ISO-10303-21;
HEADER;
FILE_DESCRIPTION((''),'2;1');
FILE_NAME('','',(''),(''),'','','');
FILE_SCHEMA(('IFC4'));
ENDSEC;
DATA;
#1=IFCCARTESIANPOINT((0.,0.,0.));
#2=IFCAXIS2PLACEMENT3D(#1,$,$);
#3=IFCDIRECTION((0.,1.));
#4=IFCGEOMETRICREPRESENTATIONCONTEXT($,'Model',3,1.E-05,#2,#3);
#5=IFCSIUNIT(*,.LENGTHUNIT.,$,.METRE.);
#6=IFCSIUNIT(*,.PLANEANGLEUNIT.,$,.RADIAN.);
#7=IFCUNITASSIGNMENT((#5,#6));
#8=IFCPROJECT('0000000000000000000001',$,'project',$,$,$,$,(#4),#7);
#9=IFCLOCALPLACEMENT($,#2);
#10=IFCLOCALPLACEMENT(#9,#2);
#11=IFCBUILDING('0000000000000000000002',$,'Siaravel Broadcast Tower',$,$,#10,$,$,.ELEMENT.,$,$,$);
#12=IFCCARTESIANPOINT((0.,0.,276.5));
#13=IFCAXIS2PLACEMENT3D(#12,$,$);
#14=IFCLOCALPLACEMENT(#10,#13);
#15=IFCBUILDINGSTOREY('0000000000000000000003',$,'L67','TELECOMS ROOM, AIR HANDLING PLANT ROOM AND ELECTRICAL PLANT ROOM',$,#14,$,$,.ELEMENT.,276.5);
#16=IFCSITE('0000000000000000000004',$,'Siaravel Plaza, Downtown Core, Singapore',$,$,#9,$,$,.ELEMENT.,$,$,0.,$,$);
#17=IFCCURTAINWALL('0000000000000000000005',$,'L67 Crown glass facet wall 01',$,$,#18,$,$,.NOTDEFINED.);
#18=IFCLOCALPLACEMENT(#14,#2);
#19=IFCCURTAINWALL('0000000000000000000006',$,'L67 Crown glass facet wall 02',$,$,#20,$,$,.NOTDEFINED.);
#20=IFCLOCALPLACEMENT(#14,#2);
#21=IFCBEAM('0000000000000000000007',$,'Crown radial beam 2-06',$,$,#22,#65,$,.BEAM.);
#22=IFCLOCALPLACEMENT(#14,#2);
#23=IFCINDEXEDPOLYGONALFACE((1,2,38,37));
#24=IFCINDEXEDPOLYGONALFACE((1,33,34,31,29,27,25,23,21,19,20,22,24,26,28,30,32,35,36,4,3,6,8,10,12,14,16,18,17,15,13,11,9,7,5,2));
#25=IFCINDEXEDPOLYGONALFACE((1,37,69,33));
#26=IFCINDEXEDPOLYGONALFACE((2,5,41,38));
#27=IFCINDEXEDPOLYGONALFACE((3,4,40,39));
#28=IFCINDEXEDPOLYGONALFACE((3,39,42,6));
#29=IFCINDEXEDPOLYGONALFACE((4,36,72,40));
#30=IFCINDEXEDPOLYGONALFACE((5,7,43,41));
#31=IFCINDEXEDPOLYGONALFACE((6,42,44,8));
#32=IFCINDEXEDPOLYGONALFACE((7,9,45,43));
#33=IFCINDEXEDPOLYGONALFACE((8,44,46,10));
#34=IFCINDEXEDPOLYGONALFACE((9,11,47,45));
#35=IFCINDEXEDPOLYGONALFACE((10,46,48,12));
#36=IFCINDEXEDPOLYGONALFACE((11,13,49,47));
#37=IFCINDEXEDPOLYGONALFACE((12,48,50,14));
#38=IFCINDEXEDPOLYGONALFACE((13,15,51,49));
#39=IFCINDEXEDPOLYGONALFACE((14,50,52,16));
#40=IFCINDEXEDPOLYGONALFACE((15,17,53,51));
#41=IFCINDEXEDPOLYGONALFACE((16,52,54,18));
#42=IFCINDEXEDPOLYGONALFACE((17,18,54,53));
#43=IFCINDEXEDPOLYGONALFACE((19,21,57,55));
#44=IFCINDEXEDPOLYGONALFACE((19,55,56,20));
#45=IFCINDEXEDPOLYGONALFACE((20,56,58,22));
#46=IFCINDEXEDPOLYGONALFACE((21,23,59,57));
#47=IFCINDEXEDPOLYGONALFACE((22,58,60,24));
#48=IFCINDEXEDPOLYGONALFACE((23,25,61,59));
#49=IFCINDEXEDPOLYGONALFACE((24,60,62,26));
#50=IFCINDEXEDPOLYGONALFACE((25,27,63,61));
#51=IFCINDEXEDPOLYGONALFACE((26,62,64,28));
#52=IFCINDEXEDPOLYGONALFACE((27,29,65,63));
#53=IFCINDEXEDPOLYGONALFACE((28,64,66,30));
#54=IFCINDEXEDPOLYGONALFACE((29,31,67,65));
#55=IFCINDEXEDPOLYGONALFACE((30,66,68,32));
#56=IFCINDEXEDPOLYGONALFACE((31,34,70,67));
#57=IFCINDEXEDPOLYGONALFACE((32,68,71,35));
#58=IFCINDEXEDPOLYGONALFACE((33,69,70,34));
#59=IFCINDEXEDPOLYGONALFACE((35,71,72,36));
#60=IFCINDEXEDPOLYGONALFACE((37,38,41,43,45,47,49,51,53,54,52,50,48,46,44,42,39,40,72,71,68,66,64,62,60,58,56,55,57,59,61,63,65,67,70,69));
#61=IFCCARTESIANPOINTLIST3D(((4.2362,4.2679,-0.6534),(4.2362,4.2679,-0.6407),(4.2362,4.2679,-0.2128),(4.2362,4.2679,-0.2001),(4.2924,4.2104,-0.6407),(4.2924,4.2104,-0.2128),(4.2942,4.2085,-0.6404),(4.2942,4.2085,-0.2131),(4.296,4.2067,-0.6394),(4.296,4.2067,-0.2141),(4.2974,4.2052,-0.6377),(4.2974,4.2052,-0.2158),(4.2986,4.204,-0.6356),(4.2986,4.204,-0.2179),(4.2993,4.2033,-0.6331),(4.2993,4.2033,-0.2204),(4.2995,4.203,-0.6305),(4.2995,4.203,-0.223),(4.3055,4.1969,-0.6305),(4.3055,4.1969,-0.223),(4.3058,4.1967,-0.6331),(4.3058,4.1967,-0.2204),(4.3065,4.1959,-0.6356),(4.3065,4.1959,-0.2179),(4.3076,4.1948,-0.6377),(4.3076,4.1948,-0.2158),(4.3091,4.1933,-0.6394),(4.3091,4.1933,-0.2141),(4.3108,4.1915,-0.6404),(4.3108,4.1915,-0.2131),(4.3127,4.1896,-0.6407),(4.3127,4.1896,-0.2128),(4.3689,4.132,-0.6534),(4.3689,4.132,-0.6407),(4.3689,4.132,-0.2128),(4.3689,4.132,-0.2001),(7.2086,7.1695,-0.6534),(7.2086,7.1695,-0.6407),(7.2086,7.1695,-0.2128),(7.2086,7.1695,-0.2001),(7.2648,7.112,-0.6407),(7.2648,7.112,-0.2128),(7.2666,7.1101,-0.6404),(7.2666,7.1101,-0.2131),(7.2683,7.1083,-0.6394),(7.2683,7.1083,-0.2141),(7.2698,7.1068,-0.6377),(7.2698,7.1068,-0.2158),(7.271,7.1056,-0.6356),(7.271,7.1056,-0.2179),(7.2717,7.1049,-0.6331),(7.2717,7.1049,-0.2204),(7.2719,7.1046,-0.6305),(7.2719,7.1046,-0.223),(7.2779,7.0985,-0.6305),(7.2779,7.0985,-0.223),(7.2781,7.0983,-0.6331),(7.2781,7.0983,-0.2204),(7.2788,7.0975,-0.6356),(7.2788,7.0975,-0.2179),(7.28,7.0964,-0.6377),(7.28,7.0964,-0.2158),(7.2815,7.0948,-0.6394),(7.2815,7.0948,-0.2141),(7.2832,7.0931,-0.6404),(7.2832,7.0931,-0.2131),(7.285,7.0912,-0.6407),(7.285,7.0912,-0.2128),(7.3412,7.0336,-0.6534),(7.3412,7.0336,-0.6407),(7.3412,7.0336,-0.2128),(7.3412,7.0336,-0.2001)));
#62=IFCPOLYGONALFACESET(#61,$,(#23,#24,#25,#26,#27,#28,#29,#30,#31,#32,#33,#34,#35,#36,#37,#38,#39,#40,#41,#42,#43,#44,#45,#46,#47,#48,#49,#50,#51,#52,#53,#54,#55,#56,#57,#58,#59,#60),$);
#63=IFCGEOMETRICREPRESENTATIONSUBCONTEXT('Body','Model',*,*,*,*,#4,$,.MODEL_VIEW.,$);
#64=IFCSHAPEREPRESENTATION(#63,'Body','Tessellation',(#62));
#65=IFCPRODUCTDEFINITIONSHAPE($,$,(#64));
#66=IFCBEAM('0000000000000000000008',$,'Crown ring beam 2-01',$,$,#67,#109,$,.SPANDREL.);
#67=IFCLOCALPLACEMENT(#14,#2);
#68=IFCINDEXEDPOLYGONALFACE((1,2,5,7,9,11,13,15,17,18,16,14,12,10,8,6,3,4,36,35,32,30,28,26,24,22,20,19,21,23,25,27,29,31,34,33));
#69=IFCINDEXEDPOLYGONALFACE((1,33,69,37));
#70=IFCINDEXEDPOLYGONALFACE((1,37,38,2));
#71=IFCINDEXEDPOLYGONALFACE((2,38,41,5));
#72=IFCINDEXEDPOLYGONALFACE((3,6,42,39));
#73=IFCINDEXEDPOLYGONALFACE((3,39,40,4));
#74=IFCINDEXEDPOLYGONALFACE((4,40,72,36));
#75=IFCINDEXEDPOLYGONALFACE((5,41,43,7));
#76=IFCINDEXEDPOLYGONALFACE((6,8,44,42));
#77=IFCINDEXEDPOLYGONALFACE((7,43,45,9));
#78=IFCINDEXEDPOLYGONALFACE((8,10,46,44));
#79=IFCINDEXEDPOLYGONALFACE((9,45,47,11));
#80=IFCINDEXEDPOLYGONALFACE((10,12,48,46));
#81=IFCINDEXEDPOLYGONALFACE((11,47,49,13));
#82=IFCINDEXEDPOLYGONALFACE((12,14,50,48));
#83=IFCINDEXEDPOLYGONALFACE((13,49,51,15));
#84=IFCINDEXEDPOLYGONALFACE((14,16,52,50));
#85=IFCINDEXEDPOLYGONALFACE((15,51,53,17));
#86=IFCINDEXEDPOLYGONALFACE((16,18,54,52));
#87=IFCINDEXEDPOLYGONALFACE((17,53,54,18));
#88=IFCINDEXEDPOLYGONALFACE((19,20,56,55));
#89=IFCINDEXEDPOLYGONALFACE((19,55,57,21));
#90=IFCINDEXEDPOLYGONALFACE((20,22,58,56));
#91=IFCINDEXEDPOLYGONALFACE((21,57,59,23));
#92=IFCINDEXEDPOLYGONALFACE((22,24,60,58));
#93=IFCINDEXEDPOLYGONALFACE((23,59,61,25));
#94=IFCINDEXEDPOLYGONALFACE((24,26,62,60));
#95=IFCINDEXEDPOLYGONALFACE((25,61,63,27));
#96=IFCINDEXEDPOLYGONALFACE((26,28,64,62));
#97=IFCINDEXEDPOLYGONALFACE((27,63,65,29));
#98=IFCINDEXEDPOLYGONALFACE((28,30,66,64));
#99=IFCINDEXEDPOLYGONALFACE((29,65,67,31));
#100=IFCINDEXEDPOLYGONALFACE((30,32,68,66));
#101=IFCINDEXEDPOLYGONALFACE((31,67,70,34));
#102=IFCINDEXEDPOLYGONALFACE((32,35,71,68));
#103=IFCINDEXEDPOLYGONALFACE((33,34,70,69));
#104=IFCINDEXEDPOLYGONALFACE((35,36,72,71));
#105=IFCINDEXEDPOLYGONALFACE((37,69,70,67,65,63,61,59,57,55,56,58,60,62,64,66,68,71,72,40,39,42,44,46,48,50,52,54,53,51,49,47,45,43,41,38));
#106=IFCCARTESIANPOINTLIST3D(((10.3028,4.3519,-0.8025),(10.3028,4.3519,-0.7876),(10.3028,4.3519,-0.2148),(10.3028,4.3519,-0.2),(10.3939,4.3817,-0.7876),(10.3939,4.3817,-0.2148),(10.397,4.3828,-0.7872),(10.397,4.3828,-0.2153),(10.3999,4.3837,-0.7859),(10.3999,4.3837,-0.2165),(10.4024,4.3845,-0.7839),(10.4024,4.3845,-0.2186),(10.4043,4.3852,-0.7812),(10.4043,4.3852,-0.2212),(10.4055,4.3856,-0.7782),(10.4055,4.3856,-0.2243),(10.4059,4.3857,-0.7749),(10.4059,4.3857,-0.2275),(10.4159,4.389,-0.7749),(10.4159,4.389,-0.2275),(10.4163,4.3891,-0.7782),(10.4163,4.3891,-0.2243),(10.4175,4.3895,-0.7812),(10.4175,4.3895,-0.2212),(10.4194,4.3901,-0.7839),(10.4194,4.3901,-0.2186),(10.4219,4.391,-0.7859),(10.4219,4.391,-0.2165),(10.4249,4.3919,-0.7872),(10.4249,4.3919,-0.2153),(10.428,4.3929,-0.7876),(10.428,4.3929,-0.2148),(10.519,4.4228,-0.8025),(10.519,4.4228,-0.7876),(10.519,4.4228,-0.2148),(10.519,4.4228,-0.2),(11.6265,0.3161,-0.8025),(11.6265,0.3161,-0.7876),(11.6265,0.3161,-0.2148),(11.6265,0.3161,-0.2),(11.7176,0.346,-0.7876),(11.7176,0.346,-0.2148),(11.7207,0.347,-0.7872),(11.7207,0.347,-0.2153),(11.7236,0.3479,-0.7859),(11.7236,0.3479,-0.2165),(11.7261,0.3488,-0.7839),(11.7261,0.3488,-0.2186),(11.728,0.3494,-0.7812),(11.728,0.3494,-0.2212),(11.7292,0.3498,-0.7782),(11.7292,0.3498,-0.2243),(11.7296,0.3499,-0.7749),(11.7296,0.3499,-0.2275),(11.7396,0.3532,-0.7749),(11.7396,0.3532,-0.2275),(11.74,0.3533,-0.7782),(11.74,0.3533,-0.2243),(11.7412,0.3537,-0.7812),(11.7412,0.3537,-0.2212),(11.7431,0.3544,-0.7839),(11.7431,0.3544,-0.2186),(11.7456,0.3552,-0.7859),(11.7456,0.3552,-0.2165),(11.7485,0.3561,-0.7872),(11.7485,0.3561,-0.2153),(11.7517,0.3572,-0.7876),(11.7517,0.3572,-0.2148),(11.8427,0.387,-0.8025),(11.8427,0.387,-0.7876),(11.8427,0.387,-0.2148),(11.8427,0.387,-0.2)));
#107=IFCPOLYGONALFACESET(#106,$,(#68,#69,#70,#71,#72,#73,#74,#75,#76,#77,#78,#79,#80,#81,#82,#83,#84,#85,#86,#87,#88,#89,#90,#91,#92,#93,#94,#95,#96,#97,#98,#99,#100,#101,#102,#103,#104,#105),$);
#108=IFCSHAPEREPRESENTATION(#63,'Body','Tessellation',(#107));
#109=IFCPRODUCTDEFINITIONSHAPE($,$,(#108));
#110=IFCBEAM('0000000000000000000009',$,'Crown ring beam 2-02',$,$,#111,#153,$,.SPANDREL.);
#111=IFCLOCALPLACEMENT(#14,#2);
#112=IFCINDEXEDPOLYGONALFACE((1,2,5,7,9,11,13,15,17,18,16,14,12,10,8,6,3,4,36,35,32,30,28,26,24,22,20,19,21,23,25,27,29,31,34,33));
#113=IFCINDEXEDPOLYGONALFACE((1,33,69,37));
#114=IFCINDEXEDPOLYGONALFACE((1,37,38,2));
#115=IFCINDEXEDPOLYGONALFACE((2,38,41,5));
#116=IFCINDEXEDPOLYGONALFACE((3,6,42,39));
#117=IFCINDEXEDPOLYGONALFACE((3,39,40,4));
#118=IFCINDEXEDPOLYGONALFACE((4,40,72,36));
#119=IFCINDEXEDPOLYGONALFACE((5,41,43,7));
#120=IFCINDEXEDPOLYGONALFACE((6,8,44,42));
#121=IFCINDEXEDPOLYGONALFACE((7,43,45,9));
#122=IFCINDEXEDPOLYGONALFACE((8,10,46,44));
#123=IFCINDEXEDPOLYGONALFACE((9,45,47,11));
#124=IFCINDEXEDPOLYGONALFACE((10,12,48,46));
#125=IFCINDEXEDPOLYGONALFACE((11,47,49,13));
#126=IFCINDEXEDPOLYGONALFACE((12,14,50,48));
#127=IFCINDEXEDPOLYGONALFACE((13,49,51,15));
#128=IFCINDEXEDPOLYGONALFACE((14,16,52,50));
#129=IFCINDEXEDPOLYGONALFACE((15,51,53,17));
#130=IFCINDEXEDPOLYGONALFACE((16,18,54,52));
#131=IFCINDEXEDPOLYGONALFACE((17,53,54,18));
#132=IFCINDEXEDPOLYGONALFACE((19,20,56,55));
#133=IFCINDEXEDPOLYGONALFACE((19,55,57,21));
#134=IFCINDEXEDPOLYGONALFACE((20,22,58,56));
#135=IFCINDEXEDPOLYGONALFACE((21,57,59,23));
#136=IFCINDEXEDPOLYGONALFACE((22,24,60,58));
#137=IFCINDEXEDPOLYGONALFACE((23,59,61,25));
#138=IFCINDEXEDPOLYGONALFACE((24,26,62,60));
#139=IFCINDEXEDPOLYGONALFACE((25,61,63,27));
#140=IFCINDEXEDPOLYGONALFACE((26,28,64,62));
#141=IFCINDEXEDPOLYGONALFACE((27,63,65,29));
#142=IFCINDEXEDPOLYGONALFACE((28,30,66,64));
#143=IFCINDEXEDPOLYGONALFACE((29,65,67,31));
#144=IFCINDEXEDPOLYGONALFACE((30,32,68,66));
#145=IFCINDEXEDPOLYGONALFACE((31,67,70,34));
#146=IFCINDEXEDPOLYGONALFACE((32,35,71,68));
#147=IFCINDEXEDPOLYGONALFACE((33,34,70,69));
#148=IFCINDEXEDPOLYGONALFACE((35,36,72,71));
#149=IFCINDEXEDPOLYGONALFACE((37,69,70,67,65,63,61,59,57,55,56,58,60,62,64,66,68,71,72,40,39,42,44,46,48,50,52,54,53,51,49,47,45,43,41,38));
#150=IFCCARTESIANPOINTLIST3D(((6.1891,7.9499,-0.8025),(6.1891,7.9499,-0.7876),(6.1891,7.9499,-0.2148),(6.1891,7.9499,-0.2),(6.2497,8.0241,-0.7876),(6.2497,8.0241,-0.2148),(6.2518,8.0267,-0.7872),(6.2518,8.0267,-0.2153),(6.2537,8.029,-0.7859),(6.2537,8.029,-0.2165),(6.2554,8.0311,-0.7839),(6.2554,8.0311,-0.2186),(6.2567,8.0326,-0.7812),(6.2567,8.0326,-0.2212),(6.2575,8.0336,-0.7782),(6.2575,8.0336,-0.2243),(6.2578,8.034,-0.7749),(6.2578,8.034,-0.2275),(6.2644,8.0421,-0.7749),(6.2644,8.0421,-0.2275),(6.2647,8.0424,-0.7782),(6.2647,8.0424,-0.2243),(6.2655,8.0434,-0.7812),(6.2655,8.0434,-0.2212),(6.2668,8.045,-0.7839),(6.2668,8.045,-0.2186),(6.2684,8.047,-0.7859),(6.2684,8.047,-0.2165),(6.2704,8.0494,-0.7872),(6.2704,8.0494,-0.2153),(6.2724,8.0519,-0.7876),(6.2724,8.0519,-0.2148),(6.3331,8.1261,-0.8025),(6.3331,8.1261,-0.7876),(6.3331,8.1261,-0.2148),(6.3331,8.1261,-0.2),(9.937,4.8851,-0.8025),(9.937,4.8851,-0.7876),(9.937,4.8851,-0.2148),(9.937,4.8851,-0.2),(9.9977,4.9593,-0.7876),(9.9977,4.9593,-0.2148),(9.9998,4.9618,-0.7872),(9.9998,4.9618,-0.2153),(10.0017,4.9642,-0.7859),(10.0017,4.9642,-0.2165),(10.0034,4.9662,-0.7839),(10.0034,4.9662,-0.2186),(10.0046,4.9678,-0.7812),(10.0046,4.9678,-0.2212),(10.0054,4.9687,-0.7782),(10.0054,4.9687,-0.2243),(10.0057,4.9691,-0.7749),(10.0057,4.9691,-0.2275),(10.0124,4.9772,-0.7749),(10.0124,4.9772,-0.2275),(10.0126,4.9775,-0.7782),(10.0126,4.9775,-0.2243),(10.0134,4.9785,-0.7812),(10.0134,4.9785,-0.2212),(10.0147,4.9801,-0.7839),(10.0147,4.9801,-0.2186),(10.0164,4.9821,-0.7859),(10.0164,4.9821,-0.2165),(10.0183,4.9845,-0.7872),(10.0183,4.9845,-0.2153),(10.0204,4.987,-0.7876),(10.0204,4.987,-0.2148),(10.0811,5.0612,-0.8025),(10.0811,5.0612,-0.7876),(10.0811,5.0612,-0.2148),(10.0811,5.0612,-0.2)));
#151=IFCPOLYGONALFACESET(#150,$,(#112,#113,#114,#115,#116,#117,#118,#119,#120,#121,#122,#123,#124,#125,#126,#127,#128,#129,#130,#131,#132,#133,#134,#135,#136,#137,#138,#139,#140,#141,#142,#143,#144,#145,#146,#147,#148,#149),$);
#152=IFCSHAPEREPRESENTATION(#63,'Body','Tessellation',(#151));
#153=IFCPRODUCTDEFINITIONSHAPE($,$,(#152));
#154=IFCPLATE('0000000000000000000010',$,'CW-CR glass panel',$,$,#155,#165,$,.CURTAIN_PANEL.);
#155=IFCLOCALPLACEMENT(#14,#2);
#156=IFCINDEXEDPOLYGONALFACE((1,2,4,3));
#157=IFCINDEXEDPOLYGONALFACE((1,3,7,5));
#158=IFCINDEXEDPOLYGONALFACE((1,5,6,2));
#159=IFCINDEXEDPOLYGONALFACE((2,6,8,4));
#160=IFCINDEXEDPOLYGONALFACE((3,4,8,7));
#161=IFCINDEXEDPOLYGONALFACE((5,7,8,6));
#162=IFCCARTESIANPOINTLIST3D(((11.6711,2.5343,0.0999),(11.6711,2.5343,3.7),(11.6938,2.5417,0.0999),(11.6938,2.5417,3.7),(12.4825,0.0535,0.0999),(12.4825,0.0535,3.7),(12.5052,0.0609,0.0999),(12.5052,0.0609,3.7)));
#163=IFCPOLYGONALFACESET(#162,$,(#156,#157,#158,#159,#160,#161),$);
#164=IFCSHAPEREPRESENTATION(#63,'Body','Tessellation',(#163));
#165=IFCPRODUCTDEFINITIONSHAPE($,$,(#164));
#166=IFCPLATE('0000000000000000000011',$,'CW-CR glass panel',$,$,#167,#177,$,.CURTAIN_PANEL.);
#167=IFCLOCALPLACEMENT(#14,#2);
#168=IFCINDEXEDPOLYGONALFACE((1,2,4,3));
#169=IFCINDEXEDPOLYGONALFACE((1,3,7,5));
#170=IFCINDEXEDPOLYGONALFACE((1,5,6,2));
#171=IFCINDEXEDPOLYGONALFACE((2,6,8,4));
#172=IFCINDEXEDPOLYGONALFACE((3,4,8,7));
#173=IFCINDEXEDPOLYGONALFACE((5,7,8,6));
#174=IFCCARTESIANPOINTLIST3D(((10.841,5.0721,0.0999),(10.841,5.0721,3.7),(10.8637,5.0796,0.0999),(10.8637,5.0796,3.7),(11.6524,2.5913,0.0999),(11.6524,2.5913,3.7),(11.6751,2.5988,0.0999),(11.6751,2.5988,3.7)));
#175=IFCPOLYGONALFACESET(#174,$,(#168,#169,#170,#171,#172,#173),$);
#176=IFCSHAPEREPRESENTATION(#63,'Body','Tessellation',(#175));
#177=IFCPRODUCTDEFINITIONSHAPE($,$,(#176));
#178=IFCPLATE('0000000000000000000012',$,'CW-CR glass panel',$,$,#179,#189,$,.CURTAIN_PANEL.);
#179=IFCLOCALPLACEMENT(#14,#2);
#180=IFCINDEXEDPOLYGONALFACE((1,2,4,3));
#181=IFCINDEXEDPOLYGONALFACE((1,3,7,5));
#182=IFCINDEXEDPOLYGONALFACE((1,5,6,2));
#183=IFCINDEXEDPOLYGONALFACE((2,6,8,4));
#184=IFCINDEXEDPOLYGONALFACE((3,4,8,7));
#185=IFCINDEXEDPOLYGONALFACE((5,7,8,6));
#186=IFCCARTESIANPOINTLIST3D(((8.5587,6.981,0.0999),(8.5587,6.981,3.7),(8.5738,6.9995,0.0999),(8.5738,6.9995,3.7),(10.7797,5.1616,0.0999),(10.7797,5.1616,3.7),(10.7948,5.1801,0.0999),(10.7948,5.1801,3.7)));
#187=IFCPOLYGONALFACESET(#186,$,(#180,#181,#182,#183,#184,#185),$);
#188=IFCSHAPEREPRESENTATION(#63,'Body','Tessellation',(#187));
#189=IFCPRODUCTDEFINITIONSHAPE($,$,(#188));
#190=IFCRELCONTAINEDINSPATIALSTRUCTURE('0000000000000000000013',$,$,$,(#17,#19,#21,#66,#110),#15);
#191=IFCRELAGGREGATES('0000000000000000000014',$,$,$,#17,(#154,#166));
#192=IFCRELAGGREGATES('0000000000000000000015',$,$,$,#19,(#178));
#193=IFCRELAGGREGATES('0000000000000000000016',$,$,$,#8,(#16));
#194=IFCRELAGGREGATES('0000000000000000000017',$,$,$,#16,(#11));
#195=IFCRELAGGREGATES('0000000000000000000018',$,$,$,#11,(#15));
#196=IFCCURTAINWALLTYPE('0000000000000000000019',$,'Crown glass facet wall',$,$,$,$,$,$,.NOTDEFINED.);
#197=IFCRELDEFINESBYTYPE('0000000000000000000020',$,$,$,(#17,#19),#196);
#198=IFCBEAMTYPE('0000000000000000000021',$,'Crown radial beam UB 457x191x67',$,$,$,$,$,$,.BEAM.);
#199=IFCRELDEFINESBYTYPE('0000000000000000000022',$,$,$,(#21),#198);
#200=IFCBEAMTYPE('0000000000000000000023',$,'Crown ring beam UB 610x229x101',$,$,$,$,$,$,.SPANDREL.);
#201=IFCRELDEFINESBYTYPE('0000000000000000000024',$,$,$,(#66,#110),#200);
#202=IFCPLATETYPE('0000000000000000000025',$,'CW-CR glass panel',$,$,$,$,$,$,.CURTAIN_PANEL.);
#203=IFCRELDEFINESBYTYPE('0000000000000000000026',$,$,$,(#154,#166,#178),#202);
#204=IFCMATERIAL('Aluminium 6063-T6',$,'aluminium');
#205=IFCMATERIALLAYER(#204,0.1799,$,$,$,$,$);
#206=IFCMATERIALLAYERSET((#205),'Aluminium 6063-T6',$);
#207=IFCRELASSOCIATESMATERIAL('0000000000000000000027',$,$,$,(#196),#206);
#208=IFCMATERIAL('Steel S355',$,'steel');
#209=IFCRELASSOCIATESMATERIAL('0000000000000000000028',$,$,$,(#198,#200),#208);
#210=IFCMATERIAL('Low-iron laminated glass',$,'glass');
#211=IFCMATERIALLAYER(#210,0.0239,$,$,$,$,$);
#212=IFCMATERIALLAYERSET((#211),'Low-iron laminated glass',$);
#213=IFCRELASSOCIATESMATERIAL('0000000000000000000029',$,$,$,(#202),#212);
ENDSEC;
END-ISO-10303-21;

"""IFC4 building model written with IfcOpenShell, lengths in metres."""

from ifc_helpers import new_model, si_unit, direction, frame, origin, origin_2d, place, context, subcontext, project, spatial, rectangle, i_section, extrude, material, layer, layer_set, material_profile, profile_set, type_object, element, aggregate, save


model = new_model("IFC4")

# Units and contexts
model_context = context("Model", 3, precision=1e-05, world=origin(), true_north=direction((0.0, 1.0)))
body_context = subcontext(model_context, "Body", "Model", "MODEL_VIEW")
ifc_project = project(units=[si_unit("LENGTHUNIT", "METRE"), si_unit("PLANEANGLEUNIT", "RADIAN")], contexts=[model_context])

# Site, building, storey
site_placement = place(None, origin())
site = spatial("IfcSite", under=ifc_project, at=site_placement, Name="Siaravel Plaza, Downtown Core, Singapore", CompositionType="ELEMENT", RefElevation=0.0)
building_placement = place(site_placement, origin())
building = spatial("IfcBuilding", under=site, at=building_placement, Name="Siaravel Broadcast Tower", CompositionType="ELEMENT")
storey_placement = place(building_placement, frame((0.0, 0.0, 276.5)))
storey = spatial("IfcBuildingStorey", under=building, at=storey_placement, Name="L67", Description="TELECOMS ROOM, AIR HANDLING PLANT ROOM AND ELECTRICAL PLANT ROOM", CompositionType="ELEMENT", Elevation=276.5)

# Curtain walls
ifc_material_1 = material(Name="Aluminium 6063-T6", Category="aluminium")
ifc_layer_1 = layer(ifc_material_1, 0.1799)
ifc_layer_set_1 = layer_set([ifc_layer_1], Name="Aluminium 6063-T6")
curtain_wall_type = type_object("IfcCurtainWallType", Name="Crown glass facet wall", PredefinedType="NOTDEFINED", material=ifc_layer_set_1)
curtain_wall_1_placement = place(storey_placement, origin())
curtain_wall_1 = element("IfcCurtainWall", 1, at=curtain_wall_1_placement, inside=storey, type_object=curtain_wall_type, Name="L67 Crown glass facet wall 01", PredefinedType="NOTDEFINED")
curtain_wall_2_placement = place(storey_placement, origin())
curtain_wall_2 = element("IfcCurtainWall", 2, at=curtain_wall_2_placement, inside=storey, type_object=curtain_wall_type, Name="L67 Crown glass facet wall 02", PredefinedType="NOTDEFINED")

# Beams
ifc_material_2 = material(Name="Steel S355", Category="steel")
ifc_material_profile_1 = material_profile(ifc_material_2, i_section(OverallWidth=0.1899, OverallDepth=0.4534, WebThickness=0.0085, FlangeThickness=0.0127, FilletRadius=0.0103, at=origin_2d()))
ifc_profile_set_1 = profile_set([ifc_material_profile_1], Name="Steel S355")
beam_type_1 = type_object("IfcBeamType", Name="Crown radial beam UB 457x191x67", PredefinedType="BEAM", material=ifc_profile_set_1)
beam_1_placement = place(storey_placement, frame((7.2749, 7.1016, -0.4268), z_axis=(-0.715578, -0.698533, 0.0), x_axis=(0.698533, -0.715578, 0.0)))
element("IfcBeam", 3, at=beam_1_placement, inside=storey, type_object=beam_type_1, Name="Crown radial beam 2-06", PredefinedType="BEAM", context=body_context, shape_type="SweptSolid", body=[
    extrude(i_section(OverallWidth=0.1899, OverallDepth=0.4534, WebThickness=0.0085, FlangeThickness=0.0127, FilletRadius=0.0103, at=origin_2d()), origin(), (0.0, 0.0, 1.0), 4.1538),
])
ifc_material_profile_2 = material_profile(ifc_material_2, i_section(OverallWidth=0.2275, OverallDepth=0.6025, WebThickness=0.0105, FlangeThickness=0.0149, FilletRadius=0.0127, at=origin_2d()))
ifc_profile_set_2 = profile_set([ifc_material_profile_2], Name="Steel S355")
beam_type_2 = type_object("IfcBeamType", Name="Crown ring beam UB 610x229x101", PredefinedType="SPANDREL", material=ifc_profile_set_2)
beam_2_placement = place(storey_placement, frame((11.7346, 0.3516, -0.5012), z_axis=(-0.311654, 0.950196, 0.0), x_axis=(-0.950196, -0.311654, 0.0)))
element("IfcBeam", 4, at=beam_2_placement, inside=storey, type_object=beam_type_2, Name="Crown ring beam 2-01", PredefinedType="SPANDREL", context=body_context, shape_type="SweptSolid", body=[
    extrude(i_section(OverallWidth=0.2275, OverallDepth=0.6025, WebThickness=0.0105, FlangeThickness=0.0149, FilletRadius=0.0127, at=origin_2d()), origin(), (0.0, 0.0, 1.0), 4.2473),
])
beam_3_placement = place(storey_placement, frame((10.009, 4.9731, -0.5012), z_axis=(-0.774124, 0.633035, 0.0), x_axis=(-0.633035, -0.774124, 0.0)))
element("IfcBeam", 5, at=beam_3_placement, inside=storey, type_object=beam_type_2, Name="Crown ring beam 2-02", PredefinedType="SPANDREL", context=body_context, shape_type="SweptSolid", body=[
    extrude(i_section(OverallWidth=0.2275, OverallDepth=0.6025, WebThickness=0.0105, FlangeThickness=0.0149, FilletRadius=0.0127, at=origin_2d()), origin(), (0.0, 0.0, 1.0), 4.8416),
])

# Plates
ifc_material_3 = material(Name="Low-iron laminated glass", Category="glass")
ifc_layer_2 = layer(ifc_material_3, 0.0239)
ifc_layer_set_2 = layer_set([ifc_layer_2], Name="Low-iron laminated glass")
plate_type = type_object("IfcPlateType", Name="CW-CR glass panel", PredefinedType="CURTAIN_PANEL", material=ifc_layer_set_2)
plate_1_placement = place(storey_placement, frame((12.0881, 1.2976, 0.0999), z_axis=(0.0, 0.0, 1.0), x_axis=(-0.31086, 0.950456, 0.0)))
plate_1 = element("IfcPlate", 6, at=plate_1_placement, type_object=plate_type, Name="CW-CR glass panel", PredefinedType="CURTAIN_PANEL", context=body_context, shape_type="SweptSolid", body=[
    extrude(rectangle(XDim=2.6101, YDim=0.0239, at=origin_2d()), origin(), (0.0, 0.0, 1.0), 3.6001),
])
plate_2_placement = place(storey_placement, frame((11.2581, 3.8354, 0.0999), z_axis=(0.0, 0.0, 1.0), x_axis=(-0.31086, 0.950456, 0.0)))
plate_2 = element("IfcPlate", 7, at=plate_2_placement, type_object=plate_type, Name="CW-CR glass panel", PredefinedType="CURTAIN_PANEL", context=body_context, shape_type="SweptSolid", body=[
    extrude(rectangle(XDim=2.6101, YDim=0.0239, at=origin_2d()), origin(), (0.0, 0.0, 1.0), 3.6001),
])
aggregate(curtain_wall_1, [plate_1, plate_2])
plate_3_placement = place(storey_placement, frame((9.6768, 6.0806, 0.0999), z_axis=(0.0, 0.0, 1.0), x_axis=(-0.773569, 0.633713, 0.0)))
plate_3 = element("IfcPlate", 8, at=plate_3_placement, type_object=plate_type, Name="CW-CR glass panel", PredefinedType="CURTAIN_PANEL", context=body_context, shape_type="SweptSolid", body=[
    extrude(rectangle(XDim=2.8711, YDim=0.0239, at=origin_2d()), origin(), (0.0, 0.0, 1.0), 3.6001),
])
aggregate(curtain_wall_2, [plate_3])

save(model, "model.ifc")
